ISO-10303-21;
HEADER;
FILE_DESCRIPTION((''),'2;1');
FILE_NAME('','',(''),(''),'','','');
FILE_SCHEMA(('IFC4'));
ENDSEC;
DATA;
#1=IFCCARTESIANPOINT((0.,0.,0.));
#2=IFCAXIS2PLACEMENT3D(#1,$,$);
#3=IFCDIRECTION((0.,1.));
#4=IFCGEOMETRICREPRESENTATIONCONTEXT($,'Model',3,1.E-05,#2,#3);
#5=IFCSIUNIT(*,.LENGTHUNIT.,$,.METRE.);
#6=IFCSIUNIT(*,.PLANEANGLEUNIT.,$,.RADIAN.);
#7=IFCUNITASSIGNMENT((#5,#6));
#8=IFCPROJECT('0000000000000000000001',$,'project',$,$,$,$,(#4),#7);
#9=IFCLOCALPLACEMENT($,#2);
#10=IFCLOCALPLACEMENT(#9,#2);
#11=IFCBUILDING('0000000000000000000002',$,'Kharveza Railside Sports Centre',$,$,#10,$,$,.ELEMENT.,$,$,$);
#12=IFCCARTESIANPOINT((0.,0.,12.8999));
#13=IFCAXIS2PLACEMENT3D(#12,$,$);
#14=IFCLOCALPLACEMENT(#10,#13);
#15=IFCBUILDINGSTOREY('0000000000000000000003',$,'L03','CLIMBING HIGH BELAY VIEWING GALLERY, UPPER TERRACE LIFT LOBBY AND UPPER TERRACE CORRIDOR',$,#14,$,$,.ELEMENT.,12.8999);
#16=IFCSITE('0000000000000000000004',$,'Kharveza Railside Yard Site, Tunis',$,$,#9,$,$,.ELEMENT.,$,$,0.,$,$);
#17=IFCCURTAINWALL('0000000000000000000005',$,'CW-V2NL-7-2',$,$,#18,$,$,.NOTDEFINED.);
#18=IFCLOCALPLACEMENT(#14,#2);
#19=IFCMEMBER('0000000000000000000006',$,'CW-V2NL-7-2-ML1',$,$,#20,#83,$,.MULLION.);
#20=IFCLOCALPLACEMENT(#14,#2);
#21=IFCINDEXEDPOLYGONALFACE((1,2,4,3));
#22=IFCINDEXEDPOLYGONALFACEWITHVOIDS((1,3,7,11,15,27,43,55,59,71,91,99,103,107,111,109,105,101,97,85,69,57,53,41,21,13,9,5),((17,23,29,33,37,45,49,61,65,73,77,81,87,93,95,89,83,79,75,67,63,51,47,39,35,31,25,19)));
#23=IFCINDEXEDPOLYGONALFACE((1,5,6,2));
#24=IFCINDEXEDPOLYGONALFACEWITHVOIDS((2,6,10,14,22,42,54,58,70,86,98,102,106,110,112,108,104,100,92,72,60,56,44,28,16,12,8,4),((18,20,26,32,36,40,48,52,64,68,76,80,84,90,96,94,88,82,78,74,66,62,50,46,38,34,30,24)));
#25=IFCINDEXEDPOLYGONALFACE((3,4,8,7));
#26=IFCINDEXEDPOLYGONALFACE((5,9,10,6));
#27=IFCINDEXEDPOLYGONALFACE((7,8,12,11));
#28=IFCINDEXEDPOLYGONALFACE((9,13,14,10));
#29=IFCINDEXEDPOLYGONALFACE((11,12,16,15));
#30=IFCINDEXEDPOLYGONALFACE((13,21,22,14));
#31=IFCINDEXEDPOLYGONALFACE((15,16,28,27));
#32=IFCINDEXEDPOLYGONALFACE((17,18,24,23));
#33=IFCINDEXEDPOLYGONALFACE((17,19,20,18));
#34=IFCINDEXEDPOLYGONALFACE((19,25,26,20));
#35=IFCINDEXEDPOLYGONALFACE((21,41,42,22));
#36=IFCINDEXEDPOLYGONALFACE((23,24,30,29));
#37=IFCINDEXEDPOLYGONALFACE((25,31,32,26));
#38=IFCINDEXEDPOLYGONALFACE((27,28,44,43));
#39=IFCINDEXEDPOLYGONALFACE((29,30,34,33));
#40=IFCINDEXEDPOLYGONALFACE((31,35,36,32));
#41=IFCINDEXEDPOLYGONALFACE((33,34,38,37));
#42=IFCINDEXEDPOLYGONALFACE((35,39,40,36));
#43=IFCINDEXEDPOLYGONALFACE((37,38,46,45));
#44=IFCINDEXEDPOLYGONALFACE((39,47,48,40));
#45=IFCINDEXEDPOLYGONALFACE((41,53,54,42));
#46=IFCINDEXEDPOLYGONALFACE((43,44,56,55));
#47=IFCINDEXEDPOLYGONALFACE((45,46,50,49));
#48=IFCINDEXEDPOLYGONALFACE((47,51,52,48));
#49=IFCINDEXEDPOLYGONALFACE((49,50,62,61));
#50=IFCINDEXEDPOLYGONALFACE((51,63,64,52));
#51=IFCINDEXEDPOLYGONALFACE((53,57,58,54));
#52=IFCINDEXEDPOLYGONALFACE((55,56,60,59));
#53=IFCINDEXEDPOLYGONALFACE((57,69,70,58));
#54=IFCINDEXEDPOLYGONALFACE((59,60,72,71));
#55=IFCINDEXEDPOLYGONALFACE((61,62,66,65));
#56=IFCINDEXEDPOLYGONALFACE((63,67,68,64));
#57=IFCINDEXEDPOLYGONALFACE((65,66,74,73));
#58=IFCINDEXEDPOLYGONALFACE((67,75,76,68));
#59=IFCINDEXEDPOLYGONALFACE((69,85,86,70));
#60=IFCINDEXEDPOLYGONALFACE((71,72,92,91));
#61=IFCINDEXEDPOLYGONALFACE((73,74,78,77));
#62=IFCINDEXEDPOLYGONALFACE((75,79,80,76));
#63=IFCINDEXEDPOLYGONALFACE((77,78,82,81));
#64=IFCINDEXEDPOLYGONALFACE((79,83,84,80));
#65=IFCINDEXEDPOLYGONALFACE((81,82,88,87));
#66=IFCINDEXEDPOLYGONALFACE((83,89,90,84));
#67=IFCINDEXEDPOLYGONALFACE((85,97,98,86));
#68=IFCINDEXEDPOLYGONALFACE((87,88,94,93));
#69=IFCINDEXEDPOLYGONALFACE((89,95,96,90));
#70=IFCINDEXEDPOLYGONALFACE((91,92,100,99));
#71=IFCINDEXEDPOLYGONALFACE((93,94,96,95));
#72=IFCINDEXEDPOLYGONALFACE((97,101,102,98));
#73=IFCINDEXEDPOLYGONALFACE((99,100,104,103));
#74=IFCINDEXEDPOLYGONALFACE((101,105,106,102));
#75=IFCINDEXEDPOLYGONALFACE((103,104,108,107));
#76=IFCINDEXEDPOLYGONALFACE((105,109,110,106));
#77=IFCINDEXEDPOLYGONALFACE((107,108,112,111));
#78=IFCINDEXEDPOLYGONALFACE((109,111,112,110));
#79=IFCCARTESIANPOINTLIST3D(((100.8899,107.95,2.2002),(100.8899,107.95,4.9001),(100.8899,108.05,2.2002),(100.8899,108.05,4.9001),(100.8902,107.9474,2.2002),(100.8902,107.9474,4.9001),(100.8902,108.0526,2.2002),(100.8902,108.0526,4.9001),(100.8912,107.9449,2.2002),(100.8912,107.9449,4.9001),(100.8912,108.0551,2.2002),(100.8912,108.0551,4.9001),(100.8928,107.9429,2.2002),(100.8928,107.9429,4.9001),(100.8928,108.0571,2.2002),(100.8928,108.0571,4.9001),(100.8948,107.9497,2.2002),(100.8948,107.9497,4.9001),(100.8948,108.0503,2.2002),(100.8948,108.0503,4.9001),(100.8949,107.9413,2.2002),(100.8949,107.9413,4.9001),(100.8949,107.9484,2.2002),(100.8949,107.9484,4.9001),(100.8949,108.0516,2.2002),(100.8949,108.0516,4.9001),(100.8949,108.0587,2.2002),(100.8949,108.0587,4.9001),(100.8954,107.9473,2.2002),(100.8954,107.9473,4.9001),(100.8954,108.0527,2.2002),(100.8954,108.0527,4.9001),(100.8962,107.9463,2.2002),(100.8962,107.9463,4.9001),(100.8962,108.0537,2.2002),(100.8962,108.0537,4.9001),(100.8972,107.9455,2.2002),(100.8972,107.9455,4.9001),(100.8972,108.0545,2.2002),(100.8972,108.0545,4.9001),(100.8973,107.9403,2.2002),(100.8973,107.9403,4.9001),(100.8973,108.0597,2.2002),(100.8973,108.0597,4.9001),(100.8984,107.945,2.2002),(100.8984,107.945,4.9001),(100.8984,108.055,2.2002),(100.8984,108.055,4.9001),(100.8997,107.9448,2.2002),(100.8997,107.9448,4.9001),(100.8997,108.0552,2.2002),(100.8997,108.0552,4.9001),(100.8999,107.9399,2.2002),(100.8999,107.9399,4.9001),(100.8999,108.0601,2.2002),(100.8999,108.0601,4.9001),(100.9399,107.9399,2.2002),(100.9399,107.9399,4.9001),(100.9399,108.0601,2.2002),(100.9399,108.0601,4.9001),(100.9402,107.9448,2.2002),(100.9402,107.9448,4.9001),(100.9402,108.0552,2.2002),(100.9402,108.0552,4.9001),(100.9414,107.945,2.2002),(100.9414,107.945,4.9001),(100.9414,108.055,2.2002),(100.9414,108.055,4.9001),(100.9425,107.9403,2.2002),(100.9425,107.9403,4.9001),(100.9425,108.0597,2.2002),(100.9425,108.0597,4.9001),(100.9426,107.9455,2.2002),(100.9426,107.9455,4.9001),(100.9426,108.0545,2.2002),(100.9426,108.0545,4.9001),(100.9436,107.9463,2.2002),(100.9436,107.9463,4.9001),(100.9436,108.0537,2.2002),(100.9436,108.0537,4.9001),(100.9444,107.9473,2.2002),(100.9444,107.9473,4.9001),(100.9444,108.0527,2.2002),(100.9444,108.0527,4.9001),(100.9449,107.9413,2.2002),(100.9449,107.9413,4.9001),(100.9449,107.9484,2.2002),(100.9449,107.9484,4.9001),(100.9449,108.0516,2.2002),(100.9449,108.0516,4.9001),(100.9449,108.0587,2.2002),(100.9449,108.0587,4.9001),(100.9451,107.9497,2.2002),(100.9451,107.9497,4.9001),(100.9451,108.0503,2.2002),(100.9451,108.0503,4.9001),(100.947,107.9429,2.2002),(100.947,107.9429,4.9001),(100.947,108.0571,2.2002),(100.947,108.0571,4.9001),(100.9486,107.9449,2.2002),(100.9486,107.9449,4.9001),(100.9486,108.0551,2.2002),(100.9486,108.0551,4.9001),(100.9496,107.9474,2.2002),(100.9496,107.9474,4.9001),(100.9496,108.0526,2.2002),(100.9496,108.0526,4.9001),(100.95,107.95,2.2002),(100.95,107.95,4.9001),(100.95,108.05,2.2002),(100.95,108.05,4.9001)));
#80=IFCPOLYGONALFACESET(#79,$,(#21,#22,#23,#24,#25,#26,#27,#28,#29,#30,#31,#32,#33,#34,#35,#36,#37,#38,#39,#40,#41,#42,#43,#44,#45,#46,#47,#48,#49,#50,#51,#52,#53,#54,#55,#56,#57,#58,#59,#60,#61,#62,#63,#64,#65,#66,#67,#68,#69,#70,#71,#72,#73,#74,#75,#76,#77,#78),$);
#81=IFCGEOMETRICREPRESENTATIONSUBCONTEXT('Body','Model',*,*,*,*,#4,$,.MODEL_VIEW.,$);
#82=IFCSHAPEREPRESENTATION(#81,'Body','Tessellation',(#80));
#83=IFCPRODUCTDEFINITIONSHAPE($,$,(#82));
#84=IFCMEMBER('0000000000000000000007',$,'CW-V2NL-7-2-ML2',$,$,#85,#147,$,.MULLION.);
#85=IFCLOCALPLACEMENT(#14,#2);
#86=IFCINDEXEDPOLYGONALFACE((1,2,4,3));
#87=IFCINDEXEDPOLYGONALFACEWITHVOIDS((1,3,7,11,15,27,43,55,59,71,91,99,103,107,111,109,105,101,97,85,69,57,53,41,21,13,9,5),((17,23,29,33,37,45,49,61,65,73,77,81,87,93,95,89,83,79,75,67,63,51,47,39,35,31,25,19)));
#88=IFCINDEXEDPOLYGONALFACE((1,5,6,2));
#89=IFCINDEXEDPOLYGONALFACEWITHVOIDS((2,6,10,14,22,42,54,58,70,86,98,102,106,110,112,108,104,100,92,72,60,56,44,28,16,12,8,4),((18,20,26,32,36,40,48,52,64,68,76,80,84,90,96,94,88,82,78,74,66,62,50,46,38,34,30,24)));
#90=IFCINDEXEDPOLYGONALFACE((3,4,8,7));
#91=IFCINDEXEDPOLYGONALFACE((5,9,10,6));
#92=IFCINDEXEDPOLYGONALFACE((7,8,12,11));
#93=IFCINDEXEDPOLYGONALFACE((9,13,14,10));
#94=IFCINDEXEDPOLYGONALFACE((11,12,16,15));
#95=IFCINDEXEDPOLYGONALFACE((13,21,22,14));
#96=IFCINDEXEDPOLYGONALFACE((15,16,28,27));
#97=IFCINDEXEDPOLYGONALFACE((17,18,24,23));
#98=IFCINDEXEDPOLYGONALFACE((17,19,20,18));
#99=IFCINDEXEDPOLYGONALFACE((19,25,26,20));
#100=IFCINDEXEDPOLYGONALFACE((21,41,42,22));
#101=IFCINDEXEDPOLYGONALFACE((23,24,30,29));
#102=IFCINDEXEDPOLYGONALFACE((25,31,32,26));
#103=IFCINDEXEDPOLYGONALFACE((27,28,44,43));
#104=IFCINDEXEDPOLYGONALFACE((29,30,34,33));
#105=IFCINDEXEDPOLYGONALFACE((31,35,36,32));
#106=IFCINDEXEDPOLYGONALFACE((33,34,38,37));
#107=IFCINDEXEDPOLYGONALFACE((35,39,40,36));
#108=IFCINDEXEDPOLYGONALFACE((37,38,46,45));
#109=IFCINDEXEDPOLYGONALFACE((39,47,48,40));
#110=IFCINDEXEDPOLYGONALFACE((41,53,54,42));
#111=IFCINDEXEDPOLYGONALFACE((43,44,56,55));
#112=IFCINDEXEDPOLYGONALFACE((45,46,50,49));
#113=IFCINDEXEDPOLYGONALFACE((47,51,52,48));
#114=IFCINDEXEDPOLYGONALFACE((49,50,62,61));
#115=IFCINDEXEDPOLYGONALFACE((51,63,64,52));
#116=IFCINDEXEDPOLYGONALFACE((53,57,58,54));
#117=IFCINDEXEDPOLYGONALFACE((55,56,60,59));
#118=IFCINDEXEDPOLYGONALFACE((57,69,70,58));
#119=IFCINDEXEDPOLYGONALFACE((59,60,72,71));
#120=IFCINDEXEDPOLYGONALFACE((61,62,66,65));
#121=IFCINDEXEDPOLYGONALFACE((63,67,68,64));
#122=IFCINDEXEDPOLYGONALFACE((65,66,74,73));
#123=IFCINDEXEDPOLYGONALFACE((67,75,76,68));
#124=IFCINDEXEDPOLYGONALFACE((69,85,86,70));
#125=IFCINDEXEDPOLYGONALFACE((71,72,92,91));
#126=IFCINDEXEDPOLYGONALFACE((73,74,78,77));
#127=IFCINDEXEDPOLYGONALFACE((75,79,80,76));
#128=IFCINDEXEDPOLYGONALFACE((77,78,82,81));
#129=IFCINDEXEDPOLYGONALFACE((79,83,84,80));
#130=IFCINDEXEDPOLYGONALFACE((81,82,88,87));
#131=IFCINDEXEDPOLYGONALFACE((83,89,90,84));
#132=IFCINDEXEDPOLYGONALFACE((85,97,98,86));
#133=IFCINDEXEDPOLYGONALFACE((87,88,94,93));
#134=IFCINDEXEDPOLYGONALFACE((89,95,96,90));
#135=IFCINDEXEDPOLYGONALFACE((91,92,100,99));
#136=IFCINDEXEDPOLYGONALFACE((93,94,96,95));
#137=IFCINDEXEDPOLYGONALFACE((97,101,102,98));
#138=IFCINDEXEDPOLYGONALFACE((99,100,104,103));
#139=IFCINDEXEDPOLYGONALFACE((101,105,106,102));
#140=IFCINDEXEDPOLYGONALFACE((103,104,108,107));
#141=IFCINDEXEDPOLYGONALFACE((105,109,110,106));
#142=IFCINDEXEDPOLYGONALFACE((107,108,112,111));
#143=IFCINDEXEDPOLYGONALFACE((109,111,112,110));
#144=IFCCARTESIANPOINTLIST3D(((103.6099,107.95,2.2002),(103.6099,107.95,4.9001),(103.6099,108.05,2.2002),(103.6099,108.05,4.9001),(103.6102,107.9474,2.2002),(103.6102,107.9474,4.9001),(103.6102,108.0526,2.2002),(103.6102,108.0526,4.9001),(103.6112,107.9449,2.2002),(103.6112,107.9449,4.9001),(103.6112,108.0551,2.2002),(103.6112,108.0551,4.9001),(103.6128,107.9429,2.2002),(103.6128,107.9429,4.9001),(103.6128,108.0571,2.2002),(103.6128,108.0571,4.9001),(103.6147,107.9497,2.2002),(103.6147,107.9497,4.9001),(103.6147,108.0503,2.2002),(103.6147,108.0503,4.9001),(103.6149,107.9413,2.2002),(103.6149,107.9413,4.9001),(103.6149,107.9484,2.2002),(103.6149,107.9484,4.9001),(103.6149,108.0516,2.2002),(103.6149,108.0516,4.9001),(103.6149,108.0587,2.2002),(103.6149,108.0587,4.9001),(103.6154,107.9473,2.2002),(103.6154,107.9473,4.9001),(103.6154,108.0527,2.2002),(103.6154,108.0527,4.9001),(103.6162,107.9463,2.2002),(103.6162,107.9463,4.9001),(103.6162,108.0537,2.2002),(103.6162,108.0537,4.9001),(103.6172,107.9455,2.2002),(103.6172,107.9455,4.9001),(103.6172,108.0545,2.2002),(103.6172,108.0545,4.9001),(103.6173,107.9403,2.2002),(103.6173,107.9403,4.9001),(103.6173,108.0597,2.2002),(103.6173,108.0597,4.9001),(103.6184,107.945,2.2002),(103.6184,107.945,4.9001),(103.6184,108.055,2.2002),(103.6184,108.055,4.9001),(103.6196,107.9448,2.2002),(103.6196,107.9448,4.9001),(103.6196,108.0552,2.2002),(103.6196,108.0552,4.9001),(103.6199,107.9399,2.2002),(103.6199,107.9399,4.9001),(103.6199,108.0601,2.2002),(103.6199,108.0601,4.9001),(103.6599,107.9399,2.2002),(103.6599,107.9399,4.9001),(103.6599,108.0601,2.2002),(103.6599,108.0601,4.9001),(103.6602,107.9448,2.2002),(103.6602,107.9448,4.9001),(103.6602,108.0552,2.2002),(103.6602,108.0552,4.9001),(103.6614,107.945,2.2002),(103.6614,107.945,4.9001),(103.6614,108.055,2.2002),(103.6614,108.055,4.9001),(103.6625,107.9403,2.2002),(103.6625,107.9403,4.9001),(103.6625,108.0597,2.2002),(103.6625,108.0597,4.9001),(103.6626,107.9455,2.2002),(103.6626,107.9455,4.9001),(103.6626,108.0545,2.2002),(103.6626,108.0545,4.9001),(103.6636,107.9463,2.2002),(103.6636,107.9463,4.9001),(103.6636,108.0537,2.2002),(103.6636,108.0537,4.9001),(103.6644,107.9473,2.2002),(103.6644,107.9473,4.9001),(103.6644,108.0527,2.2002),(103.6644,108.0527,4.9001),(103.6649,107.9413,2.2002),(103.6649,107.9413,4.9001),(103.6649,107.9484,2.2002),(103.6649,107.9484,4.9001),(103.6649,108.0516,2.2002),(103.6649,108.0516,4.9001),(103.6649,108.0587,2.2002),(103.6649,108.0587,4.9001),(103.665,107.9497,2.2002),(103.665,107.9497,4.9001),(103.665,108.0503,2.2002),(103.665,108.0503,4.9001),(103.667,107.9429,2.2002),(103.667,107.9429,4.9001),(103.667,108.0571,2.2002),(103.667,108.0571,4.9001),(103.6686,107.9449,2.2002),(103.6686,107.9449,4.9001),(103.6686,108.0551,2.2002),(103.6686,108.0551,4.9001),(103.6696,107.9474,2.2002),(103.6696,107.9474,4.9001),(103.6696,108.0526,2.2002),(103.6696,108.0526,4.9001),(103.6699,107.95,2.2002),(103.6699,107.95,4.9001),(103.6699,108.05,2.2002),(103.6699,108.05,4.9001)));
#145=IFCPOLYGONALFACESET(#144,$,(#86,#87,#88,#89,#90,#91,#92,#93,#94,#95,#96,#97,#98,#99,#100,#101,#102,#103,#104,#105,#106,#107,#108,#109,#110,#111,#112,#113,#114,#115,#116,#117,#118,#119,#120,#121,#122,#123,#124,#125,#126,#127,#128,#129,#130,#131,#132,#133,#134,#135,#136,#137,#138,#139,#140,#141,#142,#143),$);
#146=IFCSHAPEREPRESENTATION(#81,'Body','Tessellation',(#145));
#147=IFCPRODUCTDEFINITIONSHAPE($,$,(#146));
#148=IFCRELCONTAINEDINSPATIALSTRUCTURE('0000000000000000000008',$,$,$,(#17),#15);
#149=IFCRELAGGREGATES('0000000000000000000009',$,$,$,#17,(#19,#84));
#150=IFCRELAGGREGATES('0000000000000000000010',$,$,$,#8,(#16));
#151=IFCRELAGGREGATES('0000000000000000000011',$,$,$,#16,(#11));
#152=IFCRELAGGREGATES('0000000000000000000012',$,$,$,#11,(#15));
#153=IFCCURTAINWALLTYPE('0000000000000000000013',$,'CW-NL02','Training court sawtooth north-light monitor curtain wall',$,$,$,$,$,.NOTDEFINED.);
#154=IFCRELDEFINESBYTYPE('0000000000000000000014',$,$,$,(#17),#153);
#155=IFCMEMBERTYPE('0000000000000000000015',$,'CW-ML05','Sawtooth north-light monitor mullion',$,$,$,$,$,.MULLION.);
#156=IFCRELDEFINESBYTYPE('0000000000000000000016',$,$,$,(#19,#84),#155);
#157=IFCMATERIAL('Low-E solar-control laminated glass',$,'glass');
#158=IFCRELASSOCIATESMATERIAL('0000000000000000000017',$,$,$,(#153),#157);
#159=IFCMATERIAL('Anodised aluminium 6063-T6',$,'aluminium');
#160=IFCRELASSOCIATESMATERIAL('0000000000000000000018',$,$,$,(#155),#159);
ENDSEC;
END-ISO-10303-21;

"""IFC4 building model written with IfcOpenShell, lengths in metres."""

from ifc_helpers import new_model, si_unit, direction, frame, origin, origin_2d, place, context, subcontext, project, spatial, hollow_rectangle, extrude, material, material_profile, profile_set, type_object, element, aggregate, save


model = new_model("IFC4")

# Units and contexts
model_context = context("Model", 3, precision=1e-05, world=origin(), true_north=direction((0.0, 1.0)))
body_context = subcontext(model_context, "Body", "Model", "MODEL_VIEW")
ifc_project = project(units=[si_unit("LENGTHUNIT", "METRE"), si_unit("PLANEANGLEUNIT", "RADIAN")], contexts=[model_context])

# Site, building, storey
site_placement = place(None, origin())
site = spatial("IfcSite", under=ifc_project, at=site_placement, Name="Kharveza Railside Yard Site, Tunis", CompositionType="ELEMENT", RefElevation=0.0)
building_placement = place(site_placement, origin())
building = spatial("IfcBuilding", under=site, at=building_placement, Name="Kharveza Railside Sports Centre", CompositionType="ELEMENT")
storey_placement = place(building_placement, frame((0.0, 0.0, 12.8999)))
storey = spatial("IfcBuildingStorey", under=building, at=storey_placement, Name="L03", Description="CLIMBING HIGH BELAY VIEWING GALLERY, UPPER TERRACE LIFT LOBBY AND UPPER TERRACE CORRIDOR", CompositionType="ELEMENT", Elevation=12.8999)

# Curtain wall, members
ifc_material_1 = material(Name="Low-E solar-control laminated glass", Category="glass")
curtain_wall_type = type_object("IfcCurtainWallType", Name="CW-NL02", Description="Training court sawtooth north-light monitor curtain wall", PredefinedType="NOTDEFINED", material=ifc_material_1)
ifc_material_2 = material(Name="Anodised aluminium 6063-T6", Category="aluminium")
ifc_material_profile_1 = material_profile(ifc_material_2, hollow_rectangle(XDim=0.0601, YDim=0.1201, WallThickness=0.0049, InnerFilletRadius=0.0049, OuterFilletRadius=0.01, at=origin_2d()), Name="RHS 60x120x5.0")
ifc_profile_set_1 = profile_set([ifc_material_profile_1], Name="Anodised aluminium 6063-T6")
member_type_1 = type_object("IfcMemberType", Name="CW-ML05", Description="Sawtooth north-light monitor mullion", PredefinedType="MULLION", material=ifc_profile_set_1)
curtain_wall_1_placement = place(storey_placement, origin())
curtain_wall_1 = element("IfcCurtainWall", 1, at=curtain_wall_1_placement, inside=storey, type_object=curtain_wall_type, Name="CW-V2NL-7-2", PredefinedType="NOTDEFINED")
member_1_placement = place(storey_placement, frame((100.9199, 108.0, 2.2002), z_axis=(0.0, 0.0, 1.0), x_axis=(1.0, 0.0, 0.0)))
member_1 = element("IfcMember", 2, at=member_1_placement, type_object=member_type_1, Name="CW-V2NL-7-2-ML1", PredefinedType="MULLION", context=body_context, shape_type="SweptSolid", body=[
    extrude(hollow_rectangle(XDim=0.0601, YDim=0.1201, WallThickness=0.0049, InnerFilletRadius=0.0049, OuterFilletRadius=0.01, at=origin_2d()), origin(), (0.0, 0.0, 1.0), 2.7),
])
member_2_placement = place(storey_placement, frame((103.6399, 108.0, 2.2002), z_axis=(0.0, 0.0, 1.0), x_axis=(1.0, 0.0, 0.0)))
member_2 = element("IfcMember", 3, at=member_2_placement, type_object=member_type_1, Name="CW-V2NL-7-2-ML2", PredefinedType="MULLION", context=body_context, shape_type="SweptSolid", body=[
    extrude(hollow_rectangle(XDim=0.0601, YDim=0.1201, WallThickness=0.0049, InnerFilletRadius=0.0049, OuterFilletRadius=0.01, at=origin_2d()), origin(), (0.0, 0.0, 1.0), 2.7),
])

aggregate(curtain_wall_1, [member_1, member_2])

save(model, "model.ifc")
